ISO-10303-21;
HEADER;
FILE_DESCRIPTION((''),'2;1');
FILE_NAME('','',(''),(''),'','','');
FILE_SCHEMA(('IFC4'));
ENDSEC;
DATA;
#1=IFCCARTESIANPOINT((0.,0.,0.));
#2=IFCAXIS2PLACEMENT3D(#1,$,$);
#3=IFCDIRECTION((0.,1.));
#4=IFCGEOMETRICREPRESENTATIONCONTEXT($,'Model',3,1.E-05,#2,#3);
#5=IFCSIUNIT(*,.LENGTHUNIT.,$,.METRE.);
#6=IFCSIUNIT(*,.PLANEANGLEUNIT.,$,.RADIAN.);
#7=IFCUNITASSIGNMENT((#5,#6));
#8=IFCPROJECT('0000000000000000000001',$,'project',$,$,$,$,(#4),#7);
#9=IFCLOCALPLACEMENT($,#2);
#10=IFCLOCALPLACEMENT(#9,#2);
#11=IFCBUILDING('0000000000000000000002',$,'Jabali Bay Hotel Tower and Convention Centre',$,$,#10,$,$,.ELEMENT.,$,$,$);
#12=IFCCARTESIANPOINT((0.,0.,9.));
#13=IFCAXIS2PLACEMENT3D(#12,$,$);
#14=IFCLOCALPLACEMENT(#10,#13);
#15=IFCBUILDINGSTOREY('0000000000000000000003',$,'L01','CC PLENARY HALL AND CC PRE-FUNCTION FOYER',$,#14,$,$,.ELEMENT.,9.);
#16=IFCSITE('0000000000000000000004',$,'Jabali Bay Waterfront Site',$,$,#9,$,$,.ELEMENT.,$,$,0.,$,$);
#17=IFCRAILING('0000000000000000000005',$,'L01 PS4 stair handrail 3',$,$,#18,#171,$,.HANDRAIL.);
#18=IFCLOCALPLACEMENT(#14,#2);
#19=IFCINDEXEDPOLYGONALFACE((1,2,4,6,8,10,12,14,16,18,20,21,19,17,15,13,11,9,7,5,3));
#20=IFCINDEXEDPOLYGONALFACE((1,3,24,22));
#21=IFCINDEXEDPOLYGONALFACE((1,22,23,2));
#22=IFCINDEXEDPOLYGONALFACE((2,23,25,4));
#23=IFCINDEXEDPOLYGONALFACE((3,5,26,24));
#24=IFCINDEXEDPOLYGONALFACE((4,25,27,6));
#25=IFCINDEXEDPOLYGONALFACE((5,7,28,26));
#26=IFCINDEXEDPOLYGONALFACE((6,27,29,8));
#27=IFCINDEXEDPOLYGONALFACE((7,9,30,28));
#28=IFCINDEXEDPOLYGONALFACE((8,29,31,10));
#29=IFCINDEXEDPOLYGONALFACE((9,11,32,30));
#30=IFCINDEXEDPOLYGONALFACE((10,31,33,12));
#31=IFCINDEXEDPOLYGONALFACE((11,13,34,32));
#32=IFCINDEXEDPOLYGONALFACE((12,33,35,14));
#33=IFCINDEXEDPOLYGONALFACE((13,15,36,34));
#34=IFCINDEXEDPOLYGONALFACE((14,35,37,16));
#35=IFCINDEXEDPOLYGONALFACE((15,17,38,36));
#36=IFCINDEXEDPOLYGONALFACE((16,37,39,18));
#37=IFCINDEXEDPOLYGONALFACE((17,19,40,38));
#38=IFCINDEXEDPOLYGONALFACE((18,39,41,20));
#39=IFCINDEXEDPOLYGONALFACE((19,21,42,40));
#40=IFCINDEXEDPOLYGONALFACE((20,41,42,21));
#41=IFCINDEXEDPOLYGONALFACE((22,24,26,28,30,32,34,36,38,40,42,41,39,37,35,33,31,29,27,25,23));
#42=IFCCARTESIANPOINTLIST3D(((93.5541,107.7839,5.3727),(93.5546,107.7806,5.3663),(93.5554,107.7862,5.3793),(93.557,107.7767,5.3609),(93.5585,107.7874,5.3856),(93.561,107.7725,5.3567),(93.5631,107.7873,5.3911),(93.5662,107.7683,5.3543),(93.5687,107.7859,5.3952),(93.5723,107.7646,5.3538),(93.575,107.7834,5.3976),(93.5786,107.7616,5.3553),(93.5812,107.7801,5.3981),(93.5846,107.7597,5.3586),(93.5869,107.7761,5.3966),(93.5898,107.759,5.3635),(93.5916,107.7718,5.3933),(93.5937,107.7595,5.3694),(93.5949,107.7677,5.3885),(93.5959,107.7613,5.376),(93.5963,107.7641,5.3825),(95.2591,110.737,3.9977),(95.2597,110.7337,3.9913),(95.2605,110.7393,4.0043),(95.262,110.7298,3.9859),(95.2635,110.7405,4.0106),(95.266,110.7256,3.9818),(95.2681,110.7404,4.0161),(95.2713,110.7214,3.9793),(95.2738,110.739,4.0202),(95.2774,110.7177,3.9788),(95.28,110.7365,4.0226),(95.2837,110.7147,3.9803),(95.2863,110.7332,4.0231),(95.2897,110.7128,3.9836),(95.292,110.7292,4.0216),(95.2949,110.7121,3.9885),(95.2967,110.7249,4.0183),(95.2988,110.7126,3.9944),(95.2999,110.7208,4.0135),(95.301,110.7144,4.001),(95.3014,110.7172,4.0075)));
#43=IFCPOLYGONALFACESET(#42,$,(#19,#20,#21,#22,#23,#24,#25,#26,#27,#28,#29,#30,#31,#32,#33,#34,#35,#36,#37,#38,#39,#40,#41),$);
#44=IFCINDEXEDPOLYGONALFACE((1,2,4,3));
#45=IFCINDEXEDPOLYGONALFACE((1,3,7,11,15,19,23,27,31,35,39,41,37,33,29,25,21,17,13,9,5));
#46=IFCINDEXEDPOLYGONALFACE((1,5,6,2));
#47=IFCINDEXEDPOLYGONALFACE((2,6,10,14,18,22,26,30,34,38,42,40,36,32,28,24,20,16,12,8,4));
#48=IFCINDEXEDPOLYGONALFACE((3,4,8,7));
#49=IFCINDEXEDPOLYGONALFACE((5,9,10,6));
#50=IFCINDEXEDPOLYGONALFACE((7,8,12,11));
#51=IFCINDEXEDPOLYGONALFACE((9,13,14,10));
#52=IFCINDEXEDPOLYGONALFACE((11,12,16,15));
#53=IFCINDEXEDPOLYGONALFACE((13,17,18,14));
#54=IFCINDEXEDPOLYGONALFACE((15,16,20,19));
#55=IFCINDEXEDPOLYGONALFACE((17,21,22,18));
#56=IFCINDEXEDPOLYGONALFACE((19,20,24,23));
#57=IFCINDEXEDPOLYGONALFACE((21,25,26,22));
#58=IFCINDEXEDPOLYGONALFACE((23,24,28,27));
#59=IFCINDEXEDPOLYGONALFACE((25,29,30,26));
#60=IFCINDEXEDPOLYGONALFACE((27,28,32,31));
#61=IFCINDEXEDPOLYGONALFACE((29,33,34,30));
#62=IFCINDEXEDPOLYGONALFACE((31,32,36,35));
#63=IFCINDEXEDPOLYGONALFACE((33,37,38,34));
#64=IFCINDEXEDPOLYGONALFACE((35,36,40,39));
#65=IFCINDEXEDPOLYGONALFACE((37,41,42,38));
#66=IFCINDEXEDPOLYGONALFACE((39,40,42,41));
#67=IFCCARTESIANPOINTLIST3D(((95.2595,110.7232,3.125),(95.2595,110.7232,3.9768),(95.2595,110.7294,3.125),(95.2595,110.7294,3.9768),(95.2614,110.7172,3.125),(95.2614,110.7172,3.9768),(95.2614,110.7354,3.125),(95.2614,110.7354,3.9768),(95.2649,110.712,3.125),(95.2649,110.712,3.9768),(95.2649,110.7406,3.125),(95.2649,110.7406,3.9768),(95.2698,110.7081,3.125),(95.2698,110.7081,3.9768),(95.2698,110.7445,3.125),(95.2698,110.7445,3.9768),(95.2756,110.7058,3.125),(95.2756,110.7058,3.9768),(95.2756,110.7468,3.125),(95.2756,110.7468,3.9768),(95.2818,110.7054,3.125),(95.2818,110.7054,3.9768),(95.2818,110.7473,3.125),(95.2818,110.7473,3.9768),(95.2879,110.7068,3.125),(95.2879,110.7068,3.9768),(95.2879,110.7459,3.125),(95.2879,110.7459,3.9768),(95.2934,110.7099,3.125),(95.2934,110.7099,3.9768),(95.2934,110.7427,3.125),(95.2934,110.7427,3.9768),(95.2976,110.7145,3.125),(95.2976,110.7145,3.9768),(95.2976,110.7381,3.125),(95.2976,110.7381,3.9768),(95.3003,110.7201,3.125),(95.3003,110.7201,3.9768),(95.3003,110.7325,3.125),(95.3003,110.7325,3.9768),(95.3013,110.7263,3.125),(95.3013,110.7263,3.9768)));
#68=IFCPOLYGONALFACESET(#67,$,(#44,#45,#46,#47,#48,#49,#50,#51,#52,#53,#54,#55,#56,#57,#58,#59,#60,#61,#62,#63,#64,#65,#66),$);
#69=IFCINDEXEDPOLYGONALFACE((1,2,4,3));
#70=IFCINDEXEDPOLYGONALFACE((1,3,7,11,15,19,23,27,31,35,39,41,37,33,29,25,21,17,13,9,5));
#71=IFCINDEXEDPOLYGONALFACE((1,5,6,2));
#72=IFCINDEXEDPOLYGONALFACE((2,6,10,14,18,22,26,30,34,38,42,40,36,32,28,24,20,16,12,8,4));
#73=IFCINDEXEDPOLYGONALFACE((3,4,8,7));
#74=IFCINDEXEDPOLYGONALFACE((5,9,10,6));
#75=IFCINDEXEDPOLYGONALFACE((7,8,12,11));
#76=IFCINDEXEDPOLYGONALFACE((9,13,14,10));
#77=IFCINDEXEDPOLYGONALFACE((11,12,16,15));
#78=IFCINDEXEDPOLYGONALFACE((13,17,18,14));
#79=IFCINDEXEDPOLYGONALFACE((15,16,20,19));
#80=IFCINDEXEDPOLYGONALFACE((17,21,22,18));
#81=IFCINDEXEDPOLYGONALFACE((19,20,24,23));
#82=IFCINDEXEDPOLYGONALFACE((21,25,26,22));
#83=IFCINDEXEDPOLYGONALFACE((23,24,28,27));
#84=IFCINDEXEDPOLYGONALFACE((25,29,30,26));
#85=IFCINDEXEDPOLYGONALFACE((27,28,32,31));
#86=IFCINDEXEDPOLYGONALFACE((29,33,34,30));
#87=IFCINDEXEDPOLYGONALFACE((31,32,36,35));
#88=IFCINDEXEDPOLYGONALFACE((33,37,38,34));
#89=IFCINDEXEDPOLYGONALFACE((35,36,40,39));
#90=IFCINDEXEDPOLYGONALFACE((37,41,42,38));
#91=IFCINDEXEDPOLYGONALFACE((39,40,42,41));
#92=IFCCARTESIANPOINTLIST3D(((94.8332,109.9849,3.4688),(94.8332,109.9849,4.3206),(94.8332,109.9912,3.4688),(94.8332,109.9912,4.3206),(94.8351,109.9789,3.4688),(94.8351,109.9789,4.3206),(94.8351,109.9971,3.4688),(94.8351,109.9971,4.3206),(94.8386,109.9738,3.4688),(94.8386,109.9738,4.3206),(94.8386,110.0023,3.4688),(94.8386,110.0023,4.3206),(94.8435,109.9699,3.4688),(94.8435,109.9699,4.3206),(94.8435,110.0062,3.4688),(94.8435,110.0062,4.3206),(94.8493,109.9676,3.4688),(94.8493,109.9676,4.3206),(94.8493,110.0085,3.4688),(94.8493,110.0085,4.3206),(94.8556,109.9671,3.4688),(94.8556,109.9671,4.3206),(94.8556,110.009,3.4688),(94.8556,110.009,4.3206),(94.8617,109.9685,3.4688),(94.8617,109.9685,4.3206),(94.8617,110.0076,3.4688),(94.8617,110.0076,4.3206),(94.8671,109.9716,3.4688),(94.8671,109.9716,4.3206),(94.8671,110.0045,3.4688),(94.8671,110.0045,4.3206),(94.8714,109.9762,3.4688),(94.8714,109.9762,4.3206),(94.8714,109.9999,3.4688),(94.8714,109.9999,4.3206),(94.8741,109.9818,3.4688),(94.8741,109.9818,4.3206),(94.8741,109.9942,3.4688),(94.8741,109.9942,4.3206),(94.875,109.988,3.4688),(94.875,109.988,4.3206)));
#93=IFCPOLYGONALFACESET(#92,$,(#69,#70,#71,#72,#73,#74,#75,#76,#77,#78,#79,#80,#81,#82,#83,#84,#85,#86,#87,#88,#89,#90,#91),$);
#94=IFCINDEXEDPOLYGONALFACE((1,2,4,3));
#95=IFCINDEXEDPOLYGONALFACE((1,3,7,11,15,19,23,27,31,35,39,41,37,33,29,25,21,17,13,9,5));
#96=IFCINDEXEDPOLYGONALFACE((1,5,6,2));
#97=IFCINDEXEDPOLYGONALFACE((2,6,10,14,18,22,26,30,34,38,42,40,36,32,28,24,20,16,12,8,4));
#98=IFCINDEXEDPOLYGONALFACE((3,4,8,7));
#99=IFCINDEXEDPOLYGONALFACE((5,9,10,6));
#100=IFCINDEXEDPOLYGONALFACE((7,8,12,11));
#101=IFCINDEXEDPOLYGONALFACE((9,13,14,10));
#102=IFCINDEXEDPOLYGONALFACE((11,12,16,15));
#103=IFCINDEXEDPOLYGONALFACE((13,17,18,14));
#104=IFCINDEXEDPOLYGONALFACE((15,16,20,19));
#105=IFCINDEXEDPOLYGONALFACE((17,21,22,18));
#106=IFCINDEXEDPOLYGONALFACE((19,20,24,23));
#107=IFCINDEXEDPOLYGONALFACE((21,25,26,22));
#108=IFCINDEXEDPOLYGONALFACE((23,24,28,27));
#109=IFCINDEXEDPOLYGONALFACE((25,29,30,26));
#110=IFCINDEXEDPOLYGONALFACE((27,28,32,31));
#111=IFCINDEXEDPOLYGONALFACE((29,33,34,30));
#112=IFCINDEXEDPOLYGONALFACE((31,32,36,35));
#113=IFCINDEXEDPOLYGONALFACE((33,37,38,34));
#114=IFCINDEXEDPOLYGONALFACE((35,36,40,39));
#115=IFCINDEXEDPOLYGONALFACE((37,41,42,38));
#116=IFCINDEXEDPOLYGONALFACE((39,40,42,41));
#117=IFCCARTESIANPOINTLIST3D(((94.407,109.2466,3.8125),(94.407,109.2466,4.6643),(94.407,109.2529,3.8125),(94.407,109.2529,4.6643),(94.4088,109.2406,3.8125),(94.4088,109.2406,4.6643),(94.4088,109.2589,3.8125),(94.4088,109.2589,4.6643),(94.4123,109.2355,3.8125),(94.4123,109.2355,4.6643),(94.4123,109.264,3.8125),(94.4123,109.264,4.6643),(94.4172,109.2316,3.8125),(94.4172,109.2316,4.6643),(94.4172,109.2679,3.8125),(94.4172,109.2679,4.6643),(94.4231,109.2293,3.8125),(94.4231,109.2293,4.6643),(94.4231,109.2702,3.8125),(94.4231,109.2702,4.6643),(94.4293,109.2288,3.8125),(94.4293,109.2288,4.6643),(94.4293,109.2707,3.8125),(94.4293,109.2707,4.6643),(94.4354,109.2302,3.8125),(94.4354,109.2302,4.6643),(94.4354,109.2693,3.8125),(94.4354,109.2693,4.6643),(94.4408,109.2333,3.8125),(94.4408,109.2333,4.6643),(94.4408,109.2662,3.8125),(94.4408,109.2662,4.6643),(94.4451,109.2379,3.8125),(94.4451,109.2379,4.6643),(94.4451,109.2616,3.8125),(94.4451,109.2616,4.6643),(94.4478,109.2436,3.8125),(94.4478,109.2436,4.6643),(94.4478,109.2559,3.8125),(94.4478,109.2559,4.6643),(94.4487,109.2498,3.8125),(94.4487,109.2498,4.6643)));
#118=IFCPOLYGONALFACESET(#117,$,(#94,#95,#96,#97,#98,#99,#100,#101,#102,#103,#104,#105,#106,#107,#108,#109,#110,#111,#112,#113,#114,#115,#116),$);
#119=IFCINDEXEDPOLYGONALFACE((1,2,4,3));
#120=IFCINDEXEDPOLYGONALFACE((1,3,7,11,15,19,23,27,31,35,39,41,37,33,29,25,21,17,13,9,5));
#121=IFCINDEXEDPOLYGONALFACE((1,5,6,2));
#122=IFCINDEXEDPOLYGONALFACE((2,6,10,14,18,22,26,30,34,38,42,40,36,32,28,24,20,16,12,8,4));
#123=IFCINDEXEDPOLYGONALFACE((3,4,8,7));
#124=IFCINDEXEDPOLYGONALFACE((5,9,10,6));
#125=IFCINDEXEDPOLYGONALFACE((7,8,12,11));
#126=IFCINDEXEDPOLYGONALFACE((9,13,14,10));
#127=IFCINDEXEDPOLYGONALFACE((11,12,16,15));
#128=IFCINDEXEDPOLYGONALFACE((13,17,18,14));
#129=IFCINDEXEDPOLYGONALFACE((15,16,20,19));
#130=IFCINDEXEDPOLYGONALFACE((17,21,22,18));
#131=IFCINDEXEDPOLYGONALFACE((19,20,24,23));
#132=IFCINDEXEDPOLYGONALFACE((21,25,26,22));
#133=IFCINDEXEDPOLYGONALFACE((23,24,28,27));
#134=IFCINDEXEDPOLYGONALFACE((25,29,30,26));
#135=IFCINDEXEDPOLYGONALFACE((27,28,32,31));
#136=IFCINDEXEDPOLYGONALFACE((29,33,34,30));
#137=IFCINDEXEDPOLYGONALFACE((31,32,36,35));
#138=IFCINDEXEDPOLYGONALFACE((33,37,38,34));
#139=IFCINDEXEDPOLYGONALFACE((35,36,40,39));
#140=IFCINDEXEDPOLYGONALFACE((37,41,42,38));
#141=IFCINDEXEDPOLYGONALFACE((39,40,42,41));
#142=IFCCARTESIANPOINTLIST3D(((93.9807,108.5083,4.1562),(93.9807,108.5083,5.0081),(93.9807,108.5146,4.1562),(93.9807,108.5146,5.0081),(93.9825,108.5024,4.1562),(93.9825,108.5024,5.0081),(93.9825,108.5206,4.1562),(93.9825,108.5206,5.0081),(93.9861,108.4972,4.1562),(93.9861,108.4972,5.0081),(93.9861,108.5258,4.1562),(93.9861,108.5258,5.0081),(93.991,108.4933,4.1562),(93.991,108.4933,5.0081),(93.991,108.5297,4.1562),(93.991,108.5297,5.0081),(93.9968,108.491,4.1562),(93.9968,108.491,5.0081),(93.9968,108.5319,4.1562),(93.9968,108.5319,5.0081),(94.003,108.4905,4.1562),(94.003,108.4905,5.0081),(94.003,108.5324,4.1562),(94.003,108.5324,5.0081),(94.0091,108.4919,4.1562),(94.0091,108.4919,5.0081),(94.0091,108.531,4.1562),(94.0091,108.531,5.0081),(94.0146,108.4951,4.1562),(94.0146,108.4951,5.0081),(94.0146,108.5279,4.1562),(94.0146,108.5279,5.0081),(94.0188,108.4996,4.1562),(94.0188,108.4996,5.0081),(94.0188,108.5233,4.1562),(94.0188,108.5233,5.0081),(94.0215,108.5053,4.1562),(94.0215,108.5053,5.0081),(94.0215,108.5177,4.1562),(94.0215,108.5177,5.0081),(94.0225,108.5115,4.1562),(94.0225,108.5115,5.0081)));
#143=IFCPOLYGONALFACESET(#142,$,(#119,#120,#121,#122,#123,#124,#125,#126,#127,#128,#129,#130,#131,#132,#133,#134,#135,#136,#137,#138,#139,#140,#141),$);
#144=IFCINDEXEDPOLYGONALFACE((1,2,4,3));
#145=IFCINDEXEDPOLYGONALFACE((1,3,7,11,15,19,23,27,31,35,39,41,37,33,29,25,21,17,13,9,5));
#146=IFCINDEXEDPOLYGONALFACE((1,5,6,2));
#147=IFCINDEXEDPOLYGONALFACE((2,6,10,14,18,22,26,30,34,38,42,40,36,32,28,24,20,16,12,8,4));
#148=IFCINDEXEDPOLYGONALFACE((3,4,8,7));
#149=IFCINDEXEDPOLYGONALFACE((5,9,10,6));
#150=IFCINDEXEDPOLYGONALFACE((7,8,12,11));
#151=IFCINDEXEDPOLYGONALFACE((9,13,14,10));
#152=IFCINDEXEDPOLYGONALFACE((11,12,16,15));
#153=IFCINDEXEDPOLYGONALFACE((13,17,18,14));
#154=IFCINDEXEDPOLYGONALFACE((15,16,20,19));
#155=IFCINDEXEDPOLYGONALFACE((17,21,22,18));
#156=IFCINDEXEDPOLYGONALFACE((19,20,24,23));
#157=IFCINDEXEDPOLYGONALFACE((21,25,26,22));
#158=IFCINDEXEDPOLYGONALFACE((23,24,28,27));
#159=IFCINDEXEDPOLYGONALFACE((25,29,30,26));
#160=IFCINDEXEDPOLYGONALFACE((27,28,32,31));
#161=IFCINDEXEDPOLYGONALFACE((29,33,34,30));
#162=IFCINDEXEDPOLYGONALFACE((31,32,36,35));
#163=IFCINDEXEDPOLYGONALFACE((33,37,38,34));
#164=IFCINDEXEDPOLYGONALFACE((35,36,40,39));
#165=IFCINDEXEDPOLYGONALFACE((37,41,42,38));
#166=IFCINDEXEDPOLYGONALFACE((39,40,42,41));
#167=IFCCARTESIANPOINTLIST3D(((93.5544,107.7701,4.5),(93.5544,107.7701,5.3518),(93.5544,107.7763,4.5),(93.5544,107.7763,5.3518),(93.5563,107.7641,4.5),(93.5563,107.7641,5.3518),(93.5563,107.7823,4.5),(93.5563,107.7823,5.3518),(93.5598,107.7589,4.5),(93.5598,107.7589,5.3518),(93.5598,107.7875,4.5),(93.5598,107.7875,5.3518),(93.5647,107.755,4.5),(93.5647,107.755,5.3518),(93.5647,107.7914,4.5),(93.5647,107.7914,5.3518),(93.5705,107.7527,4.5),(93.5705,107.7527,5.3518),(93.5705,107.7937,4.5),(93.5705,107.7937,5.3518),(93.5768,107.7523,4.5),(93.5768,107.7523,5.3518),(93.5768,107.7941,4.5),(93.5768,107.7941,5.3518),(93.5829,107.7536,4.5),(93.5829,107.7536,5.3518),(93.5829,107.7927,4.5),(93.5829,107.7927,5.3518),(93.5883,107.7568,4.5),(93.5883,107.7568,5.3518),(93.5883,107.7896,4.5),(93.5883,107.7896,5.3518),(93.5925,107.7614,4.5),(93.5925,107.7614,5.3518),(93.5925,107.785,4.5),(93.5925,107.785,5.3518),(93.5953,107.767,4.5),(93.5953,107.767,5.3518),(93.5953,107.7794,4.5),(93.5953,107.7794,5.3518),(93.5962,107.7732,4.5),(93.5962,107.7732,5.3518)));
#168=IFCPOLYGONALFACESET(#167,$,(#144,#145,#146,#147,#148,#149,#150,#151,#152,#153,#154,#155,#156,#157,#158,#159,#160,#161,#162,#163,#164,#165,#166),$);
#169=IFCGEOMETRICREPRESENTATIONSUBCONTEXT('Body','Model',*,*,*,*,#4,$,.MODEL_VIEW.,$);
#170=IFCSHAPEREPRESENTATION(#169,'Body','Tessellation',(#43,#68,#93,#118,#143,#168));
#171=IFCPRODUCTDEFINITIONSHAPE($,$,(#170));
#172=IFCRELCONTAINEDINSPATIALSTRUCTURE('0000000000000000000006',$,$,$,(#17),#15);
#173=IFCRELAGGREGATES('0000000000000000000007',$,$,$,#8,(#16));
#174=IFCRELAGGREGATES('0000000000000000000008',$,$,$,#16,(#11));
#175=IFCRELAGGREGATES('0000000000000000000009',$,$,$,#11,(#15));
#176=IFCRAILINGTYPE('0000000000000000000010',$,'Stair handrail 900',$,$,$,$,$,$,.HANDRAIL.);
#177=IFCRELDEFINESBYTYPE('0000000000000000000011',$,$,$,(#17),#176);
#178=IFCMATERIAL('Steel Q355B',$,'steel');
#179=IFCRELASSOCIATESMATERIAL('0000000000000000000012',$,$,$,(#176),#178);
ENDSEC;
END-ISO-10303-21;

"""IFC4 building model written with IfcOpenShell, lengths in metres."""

from ifc_helpers import new_model, si_unit, direction, frame, origin, origin_2d, place, context, subcontext, project, spatial, circle, extrude, material, type_object, element, save


model = new_model("IFC4")

# Units and contexts
model_context = context("Model", 3, precision=1e-05, world=origin(), true_north=direction((0.0, 1.0)))
body_context = subcontext(model_context, "Body", "Model", "MODEL_VIEW")
ifc_project = project(units=[si_unit("LENGTHUNIT", "METRE"), si_unit("PLANEANGLEUNIT", "RADIAN")], contexts=[model_context])

# Site, building, storey
site_placement = place(None, origin())
site = spatial("IfcSite", under=ifc_project, at=site_placement, Name="Jabali Bay Waterfront Site", CompositionType="ELEMENT", RefElevation=0.0)
building_placement = place(site_placement, origin())
building = spatial("IfcBuilding", under=site, at=building_placement, Name="Jabali Bay Hotel Tower and Convention Centre", CompositionType="ELEMENT")
storey_placement = place(building_placement, frame((0.0, 0.0, 9.0)))
storey = spatial("IfcBuildingStorey", under=building, at=storey_placement, Name="L01", Description="CC PLENARY HALL AND CC PRE-FUNCTION FOYER", CompositionType="ELEMENT", Elevation=9.0)

# Railing
ifc_material_1 = material(Name="Steel Q355B", Category="steel")
railing_type_1 = type_object("IfcRailingType", Name="Stair handrail 900", PredefinedType="HANDRAIL", material=ifc_material_1)
for number, where, name in (
    (1, (95.2803, 110.7263, 3.125), "L01 PS4 stair handrail 3"),
):
    element("IfcRailing", number, at=place(storey_placement, frame(where)), inside=storey, type_object=railing_type_1, Name=name, PredefinedType="HANDRAIL", context=body_context, shape_type="SweptSolid", body=[
        extrude(circle(Radius=0.0239, at=origin_2d()), frame((0.0, 0.0, 0.876), z_axis=(-0.46374, -0.803178, 0.373966), x_axis=(0.866014, -0.50002, 0.0)), (0.0, 0.0, 1.0), 3.6768),
        extrude(circle(Radius=0.021, at=origin_2d()), origin(), (0.0, 0.0, 1.0), 0.8518),
        extrude(circle(Radius=0.021, at=origin_2d()), frame((-0.4263, -0.7383, 0.3438)), (0.0, 0.0, 1.0), 0.8518),
        extrude(circle(Radius=0.021, at=origin_2d()), frame((-0.8525, -1.4766, 0.6875)), (0.0, 0.0, 1.0), 0.8518),
        extrude(circle(Radius=0.021, at=origin_2d()), frame((-1.2788, -2.2148, 1.0312)), (0.0, 0.0, 1.0), 0.8518),
        extrude(circle(Radius=0.021, at=origin_2d()), frame((-1.7051, -2.9531, 1.375)), (0.0, 0.0, 1.0), 0.8518),
    ])

save(model, "model.ifc")
